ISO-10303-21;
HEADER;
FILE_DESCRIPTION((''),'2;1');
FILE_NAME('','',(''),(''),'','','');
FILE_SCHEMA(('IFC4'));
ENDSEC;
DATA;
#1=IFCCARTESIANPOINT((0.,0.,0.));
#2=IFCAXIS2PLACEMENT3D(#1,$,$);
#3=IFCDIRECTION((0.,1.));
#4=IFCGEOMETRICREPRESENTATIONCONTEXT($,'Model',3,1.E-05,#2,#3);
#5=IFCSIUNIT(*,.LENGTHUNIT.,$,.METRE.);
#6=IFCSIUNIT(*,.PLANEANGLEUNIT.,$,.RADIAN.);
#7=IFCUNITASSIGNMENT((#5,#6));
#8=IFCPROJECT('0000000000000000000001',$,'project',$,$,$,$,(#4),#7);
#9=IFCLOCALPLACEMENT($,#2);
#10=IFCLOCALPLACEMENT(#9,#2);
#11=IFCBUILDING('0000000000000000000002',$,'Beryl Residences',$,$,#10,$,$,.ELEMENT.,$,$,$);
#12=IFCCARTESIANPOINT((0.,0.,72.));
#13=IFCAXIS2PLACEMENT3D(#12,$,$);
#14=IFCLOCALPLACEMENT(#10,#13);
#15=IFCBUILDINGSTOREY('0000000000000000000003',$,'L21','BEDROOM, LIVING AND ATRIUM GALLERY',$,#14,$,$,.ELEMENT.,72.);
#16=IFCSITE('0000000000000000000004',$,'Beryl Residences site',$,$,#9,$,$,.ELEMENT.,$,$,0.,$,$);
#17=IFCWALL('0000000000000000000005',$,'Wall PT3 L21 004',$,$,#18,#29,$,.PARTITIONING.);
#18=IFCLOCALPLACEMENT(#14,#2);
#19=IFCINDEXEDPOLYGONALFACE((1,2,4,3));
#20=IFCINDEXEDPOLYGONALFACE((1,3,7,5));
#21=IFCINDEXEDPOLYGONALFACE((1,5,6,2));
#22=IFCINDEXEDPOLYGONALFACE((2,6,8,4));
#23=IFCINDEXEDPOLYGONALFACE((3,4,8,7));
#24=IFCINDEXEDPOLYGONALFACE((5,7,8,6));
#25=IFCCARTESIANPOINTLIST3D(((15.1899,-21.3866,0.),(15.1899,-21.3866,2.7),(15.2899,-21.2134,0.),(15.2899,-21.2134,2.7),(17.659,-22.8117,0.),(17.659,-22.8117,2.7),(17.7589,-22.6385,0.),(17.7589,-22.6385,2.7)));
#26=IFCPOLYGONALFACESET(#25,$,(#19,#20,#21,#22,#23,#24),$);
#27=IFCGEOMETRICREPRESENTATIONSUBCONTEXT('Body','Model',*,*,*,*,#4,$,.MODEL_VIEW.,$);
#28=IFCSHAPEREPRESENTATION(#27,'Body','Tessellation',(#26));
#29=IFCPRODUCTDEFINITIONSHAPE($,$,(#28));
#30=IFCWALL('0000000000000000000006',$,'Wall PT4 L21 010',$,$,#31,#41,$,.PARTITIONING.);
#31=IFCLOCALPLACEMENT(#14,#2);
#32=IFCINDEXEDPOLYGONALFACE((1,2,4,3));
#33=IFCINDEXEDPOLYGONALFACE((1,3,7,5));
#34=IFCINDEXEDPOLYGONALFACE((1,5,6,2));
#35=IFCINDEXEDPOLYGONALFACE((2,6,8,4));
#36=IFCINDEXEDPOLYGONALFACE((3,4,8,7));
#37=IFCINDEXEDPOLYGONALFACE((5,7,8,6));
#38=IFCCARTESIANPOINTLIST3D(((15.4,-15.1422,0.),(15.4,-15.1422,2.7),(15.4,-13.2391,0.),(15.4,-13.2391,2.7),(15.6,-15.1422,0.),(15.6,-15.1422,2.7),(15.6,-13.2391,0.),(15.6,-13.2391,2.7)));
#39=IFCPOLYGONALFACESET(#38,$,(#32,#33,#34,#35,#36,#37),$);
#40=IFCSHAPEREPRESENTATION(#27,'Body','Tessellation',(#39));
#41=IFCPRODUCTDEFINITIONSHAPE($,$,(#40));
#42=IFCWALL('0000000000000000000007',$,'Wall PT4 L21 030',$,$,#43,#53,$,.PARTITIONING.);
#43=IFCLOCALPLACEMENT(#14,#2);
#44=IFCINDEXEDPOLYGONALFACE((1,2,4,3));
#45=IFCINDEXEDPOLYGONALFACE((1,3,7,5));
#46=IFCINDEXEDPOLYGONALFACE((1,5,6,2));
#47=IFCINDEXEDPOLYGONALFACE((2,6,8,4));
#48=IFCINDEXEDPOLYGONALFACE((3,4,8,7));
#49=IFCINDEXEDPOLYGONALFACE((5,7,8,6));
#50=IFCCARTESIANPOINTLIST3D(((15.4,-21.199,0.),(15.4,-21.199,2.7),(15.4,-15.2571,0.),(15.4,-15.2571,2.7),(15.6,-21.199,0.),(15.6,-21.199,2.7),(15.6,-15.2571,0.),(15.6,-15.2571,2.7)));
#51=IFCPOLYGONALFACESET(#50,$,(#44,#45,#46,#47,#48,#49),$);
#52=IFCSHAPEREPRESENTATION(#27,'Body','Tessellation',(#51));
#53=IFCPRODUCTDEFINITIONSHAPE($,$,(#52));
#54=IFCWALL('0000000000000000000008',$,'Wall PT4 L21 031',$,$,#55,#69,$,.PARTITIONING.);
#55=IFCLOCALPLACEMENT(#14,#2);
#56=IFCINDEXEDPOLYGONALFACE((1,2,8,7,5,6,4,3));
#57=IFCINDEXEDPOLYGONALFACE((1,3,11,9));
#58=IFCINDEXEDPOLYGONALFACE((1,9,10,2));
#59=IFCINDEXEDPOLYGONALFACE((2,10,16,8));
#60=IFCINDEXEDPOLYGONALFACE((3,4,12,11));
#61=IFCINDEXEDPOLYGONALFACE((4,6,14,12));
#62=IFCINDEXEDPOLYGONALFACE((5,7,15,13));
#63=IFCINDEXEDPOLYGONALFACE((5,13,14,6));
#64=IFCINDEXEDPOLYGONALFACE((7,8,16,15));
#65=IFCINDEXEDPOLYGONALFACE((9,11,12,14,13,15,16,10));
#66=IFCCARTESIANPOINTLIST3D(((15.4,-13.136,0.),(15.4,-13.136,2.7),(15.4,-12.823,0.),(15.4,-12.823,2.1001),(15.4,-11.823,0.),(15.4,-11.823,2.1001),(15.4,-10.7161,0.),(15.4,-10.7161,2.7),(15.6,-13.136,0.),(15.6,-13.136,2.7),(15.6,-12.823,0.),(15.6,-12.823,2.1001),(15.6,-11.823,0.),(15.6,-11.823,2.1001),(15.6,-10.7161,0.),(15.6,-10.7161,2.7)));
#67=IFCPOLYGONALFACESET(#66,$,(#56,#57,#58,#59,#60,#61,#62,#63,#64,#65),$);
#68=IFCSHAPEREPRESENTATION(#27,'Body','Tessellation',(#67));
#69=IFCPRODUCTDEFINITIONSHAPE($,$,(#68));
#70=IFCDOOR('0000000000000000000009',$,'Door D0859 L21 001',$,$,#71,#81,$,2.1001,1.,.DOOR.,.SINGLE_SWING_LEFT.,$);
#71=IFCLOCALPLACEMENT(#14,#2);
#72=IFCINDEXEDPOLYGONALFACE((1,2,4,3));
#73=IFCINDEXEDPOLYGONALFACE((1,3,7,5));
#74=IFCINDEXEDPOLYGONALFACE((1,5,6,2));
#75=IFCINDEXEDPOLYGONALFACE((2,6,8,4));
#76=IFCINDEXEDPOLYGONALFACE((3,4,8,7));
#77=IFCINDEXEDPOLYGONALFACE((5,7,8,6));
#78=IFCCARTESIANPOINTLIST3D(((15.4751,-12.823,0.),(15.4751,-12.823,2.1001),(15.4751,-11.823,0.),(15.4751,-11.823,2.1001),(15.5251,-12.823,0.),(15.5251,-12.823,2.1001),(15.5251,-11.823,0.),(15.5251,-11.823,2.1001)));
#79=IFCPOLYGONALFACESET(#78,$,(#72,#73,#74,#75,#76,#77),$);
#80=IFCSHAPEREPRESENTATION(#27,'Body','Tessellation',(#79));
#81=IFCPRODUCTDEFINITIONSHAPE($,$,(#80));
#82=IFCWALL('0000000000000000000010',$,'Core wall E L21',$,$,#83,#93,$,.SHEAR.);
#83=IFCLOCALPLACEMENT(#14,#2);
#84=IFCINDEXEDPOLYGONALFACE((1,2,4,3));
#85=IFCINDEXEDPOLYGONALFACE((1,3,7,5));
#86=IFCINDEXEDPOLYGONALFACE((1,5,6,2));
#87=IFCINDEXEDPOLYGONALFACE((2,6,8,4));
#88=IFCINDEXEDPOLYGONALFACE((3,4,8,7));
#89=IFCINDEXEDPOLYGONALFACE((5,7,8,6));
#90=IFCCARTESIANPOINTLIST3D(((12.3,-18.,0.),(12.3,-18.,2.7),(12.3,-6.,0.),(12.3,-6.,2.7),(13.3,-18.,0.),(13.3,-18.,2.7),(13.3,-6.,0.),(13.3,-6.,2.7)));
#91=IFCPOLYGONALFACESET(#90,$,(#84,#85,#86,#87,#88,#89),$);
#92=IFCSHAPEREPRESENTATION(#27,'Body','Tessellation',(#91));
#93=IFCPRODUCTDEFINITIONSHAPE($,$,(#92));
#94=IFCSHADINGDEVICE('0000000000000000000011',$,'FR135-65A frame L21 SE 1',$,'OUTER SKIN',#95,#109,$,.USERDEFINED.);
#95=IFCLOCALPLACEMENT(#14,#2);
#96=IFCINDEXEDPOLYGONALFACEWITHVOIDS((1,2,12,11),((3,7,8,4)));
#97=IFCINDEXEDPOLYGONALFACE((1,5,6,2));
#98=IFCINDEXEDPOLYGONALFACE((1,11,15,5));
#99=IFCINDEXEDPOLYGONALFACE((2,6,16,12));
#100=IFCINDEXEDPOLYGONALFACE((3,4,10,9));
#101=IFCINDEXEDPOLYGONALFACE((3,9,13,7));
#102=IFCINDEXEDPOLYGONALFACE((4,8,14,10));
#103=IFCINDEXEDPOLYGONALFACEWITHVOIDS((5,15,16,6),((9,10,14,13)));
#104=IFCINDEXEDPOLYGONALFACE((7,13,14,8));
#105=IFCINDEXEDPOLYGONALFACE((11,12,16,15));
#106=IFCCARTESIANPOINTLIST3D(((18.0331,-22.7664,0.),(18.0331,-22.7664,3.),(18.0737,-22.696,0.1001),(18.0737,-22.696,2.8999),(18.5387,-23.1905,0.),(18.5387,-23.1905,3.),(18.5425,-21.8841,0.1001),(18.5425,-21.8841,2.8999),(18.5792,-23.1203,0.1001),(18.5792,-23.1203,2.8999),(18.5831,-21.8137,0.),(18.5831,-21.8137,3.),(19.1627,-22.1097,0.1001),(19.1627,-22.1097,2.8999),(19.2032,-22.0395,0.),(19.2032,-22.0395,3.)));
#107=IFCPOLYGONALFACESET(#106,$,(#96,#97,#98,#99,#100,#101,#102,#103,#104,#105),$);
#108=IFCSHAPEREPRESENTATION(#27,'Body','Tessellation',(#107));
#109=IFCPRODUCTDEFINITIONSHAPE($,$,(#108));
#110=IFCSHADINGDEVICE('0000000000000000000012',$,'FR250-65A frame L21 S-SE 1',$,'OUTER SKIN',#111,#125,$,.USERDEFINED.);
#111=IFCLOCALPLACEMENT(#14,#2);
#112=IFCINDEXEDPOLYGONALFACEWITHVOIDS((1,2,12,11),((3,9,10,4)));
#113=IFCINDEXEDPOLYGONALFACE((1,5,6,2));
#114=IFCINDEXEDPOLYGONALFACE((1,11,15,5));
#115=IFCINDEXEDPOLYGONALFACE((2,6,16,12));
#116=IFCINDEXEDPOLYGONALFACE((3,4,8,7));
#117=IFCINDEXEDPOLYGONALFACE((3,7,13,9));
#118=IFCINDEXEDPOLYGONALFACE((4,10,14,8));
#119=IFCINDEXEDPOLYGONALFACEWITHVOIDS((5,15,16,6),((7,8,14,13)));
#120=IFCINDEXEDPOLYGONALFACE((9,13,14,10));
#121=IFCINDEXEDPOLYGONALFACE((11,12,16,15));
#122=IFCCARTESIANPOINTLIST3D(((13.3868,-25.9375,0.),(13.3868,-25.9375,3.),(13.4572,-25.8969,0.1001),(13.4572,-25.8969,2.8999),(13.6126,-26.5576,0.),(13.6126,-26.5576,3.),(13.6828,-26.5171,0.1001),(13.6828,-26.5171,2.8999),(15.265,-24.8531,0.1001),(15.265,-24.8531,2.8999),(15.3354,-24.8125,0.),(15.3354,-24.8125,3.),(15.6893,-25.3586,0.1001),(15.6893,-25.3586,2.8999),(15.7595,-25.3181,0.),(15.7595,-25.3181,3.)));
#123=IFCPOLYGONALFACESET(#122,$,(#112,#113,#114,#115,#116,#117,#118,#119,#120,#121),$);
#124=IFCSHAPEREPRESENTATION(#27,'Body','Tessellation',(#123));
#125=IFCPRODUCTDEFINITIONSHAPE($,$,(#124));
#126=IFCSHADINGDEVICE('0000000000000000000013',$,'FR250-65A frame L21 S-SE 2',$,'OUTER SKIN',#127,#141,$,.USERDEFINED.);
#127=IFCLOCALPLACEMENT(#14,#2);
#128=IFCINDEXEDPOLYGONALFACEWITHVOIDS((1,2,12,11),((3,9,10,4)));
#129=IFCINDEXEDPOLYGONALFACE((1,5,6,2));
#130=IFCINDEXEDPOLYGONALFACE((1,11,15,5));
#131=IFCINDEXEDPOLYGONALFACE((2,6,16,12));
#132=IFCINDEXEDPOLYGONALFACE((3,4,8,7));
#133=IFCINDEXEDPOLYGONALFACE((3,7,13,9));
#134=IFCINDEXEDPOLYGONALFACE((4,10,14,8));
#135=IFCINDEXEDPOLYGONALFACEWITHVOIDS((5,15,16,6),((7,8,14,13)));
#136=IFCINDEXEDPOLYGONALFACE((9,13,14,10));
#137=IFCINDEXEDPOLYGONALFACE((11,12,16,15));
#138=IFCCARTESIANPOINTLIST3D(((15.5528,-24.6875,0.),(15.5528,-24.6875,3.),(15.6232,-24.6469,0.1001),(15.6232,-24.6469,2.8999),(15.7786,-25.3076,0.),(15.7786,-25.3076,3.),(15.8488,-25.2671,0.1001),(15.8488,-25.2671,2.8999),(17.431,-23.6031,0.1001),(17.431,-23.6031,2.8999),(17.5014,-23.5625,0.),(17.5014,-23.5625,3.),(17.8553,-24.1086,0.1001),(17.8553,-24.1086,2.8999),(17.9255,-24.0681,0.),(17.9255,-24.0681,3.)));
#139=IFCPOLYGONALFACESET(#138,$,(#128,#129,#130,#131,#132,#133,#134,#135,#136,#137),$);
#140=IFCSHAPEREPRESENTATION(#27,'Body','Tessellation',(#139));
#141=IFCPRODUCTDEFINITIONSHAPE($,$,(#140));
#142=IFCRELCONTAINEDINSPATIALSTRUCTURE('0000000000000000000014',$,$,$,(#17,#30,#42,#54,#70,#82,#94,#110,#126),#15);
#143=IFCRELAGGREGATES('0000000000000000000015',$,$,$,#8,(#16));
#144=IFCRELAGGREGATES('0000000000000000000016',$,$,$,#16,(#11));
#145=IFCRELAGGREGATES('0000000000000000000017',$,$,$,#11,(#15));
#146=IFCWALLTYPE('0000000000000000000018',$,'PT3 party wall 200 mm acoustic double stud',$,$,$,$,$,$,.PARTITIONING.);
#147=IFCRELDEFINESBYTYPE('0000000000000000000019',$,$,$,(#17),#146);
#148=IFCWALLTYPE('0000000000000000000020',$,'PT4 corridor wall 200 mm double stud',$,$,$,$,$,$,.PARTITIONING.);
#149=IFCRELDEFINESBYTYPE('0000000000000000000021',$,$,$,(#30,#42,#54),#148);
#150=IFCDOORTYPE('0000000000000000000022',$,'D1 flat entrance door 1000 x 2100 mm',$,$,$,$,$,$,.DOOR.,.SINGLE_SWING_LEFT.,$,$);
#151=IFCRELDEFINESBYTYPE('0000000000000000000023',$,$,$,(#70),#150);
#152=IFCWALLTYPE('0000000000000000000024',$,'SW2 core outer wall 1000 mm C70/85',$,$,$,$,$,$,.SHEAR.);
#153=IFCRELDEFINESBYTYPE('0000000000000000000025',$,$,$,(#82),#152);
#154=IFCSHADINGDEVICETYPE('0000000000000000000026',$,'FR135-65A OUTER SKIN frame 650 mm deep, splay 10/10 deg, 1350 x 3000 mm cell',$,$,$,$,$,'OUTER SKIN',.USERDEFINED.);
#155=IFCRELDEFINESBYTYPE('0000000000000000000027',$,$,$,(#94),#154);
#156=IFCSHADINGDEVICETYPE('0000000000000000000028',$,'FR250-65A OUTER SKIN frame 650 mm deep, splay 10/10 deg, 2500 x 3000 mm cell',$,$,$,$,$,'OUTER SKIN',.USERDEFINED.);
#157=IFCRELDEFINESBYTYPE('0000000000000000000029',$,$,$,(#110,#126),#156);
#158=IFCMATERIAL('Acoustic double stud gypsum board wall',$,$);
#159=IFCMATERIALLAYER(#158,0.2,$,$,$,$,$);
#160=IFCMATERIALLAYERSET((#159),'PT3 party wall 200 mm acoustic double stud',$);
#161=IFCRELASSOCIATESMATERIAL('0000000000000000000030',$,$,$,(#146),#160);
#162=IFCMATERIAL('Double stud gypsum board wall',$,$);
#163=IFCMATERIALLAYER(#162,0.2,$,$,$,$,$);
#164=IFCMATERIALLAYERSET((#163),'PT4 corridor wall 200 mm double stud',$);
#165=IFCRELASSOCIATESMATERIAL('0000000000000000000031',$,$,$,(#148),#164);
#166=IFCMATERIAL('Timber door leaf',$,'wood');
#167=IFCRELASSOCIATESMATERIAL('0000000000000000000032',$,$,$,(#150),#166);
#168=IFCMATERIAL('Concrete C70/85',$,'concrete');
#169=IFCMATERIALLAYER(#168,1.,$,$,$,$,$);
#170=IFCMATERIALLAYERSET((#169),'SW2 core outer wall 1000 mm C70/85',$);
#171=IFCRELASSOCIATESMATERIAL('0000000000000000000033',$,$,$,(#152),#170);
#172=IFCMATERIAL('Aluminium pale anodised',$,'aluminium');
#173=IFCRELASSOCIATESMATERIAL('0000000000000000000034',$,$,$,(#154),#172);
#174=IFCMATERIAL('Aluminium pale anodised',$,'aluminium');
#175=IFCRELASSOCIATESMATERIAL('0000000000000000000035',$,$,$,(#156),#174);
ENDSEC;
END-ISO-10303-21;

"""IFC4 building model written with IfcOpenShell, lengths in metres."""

from ifc_helpers import new_model, entity, si_unit, direction, frame, frame_2d, origin, place, context, subcontext, project, spatial, rectangle, extrude, source, transform, mapped, material, layer, layer_set, type_object, type_shapes, element, fill, save


model = new_model("IFC4")

# Units and contexts
model_context = context("Model", 3, precision=1e-05, world=origin(), true_north=direction((0.0, 1.0)))
body_context = subcontext(model_context, "Body", "Model", "MODEL_VIEW")
ifc_project = project(units=[si_unit("LENGTHUNIT", "METRE"), si_unit("PLANEANGLEUNIT", "RADIAN")], contexts=[model_context])

# Site, building, storey
site_placement = place(None, origin())
site = spatial("IfcSite", under=ifc_project, at=site_placement, Name="Beryl Residences site", CompositionType="ELEMENT", RefElevation=0.0)
building_placement = place(site_placement, origin())
building = spatial("IfcBuilding", under=site, at=building_placement, Name="Beryl Residences", CompositionType="ELEMENT")
storey_placement = place(building_placement, frame((0.0, 0.0, 72.0)))
storey = spatial("IfcBuildingStorey", under=building, at=storey_placement, Name="L21", Description="BEDROOM, LIVING AND ATRIUM GALLERY", CompositionType="ELEMENT", Elevation=72.0)

# Walls
ifc_material_1 = material(Name="Acoustic double stud gypsum board wall")
ifc_layer_1 = layer(ifc_material_1, 0.2)
ifc_layer_set_1 = layer_set([ifc_layer_1], Name="PT3 party wall 200 mm acoustic double stud")
wall_type_1 = type_object("IfcWallType", Name="PT3 party wall 200 mm acoustic double stud", PredefinedType="PARTITIONING", material=ifc_layer_set_1)
wall_1_placement = place(storey_placement, frame((15.24, -21.3, 0.0), z_axis=(0.0, 0.0, 1.0), x_axis=(0.86609, -0.499888, 0.0)))
element("IfcWall", 1, at=wall_1_placement, inside=storey, type_object=wall_type_1, Name="Wall PT3 L21 004", PredefinedType="PARTITIONING", context=body_context, shape_type="SweptSolid", body=[
    extrude(rectangle(XDim=2.8508, YDim=0.2, at=frame_2d((1.4253, 0.0))), origin(), (0.0, 0.0, 1.0), 2.7),
])
ifc_material_2 = material(Name="Double stud gypsum board wall")
ifc_layer_2 = layer(ifc_material_2, 0.2)
ifc_layer_set_2 = layer_set([ifc_layer_2], Name="PT4 corridor wall 200 mm double stud")
wall_type_2 = type_object("IfcWallType", Name="PT4 corridor wall 200 mm double stud", PredefinedType="PARTITIONING", material=ifc_layer_set_2)
wall_2_placement = place(storey_placement, frame((15.5, -13.239, 0.0), z_axis=(0.0, 0.0, 1.0), x_axis=(0.0, -1.0, 0.0)))
element("IfcWall", 2, at=wall_2_placement, inside=storey, type_object=wall_type_2, Name="Wall PT4 L21 010", PredefinedType="PARTITIONING", context=body_context, shape_type="SweptSolid", body=[
    extrude(rectangle(XDim=1.9031, YDim=0.2, at=frame_2d((0.9517, 0.0))), origin(), (0.0, 0.0, 1.0), 2.7),
])
wall_3_placement = place(storey_placement, frame((15.5, -21.199, 0.0), z_axis=(0.0, 0.0, 1.0), x_axis=(0.0, 1.0, 0.0)))
element("IfcWall", 3, at=wall_3_placement, inside=storey, type_object=wall_type_2, Name="Wall PT4 L21 030", PredefinedType="PARTITIONING", context=body_context, shape_type="SweptSolid", body=[
    extrude(rectangle(XDim=5.9419, YDim=0.2, at=frame_2d((2.9709, 0.0))), origin(), (0.0, 0.0, 1.0), 2.7),
])

# Wall, opening, door
wall_4_placement = place(storey_placement, frame((15.5, -13.136, 0.0), z_axis=(0.0, 0.0, 1.0), x_axis=(0.0, 1.0, 0.0)))
wall_4 = element("IfcWall", 4, at=wall_4_placement, inside=storey, type_object=wall_type_2, Name="Wall PT4 L21 031", PredefinedType="PARTITIONING", context=body_context, shape_type="SweptSolid", body=[
    extrude(rectangle(XDim=2.4199, YDim=0.2, at=frame_2d((1.21, 0.0))), origin(), (0.0, 0.0, 1.0), 2.7),
])
opening_1_placement = place(wall_4_placement, frame((0.313, 0.0, 0.0)))
opening_1 = element("IfcOpeningElement", 5, at=opening_1_placement, cuts=wall_4, PredefinedType="OPENING", context=body_context, shape_type="SweptSolid", body=[
    extrude(rectangle(XDim=1.0, YDim=2.1001, at=frame_2d((0.5, 1.05))), frame((0.0, 0.1099, 0.0), z_axis=(0.0, -1.0, 0.0), x_axis=(1.0, 0.0, 0.0)), (0.0, 0.0, 1.0), 0.22),
])
ifc_material_3 = material(Name="Timber door leaf", Category="wood")
door_type_1 = type_object("IfcDoorType", Name="D1 flat entrance door 1000 x 2100 mm", OperationType="SINGLE_SWING_LEFT", PredefinedType="DOOR", material=ifc_material_3)
door_1_placement = place(opening_1_placement, origin())
door_1 = element("IfcDoor", 6, at=door_1_placement, inside=storey, type_object=door_type_1, Name="Door D0859 L21 001", OperationType="SINGLE_SWING_LEFT", OverallHeight=2.1001, OverallWidth=1.0, PredefinedType="DOOR", context=body_context, shape_type="SweptSolid", body=[
    extrude(rectangle(XDim=1.0, YDim=2.1001, at=frame_2d((0.5, 1.05))), frame((0.0, 0.0249, 0.0), z_axis=(0.0, -1.0, 0.0), x_axis=(1.0, 0.0, 0.0)), (0.0, 0.0, 1.0), 0.05),
])
fill(opening_1, door_1)

# Wall
ifc_material_4 = material(Name="Concrete C70/85", Category="concrete")
ifc_layer_3 = layer(ifc_material_4, 1.0)
ifc_layer_set_3 = layer_set([ifc_layer_3], Name="SW2 core outer wall 1000 mm C70/85")
wall_type_3 = type_object("IfcWallType", Name="SW2 core outer wall 1000 mm C70/85", PredefinedType="SHEAR", material=ifc_layer_set_3)
wall_5_placement = place(storey_placement, frame((12.8, -18.0, 0.0), z_axis=(0.0, 0.0, 1.0), x_axis=(0.0, 1.0, 0.0)))
element("IfcWall", 7, at=wall_5_placement, inside=storey, type_object=wall_type_3, Name="Core wall E L21", PredefinedType="SHEAR", context=body_context, shape_type="SweptSolid", body=[
    extrude(rectangle(XDim=12.0, YDim=1.0, at=frame_2d((6.0, 0.0))), origin(), (0.0, 0.0, 1.0), 2.7),
])

# Shading devices
ifc_material_5 = material(Name="Aluminium pale anodised", Category="aluminium")
shading_device_type_1 = type_object("IfcShadingDeviceType", Name="FR135-65A OUTER SKIN frame 650 mm deep, splay 10/10 deg, 1350 x 3000 mm cell", ElementType="OUTER SKIN", PredefinedType="USERDEFINED", material=ifc_material_5)
cartesian_point_1 = entity("IfcCartesianPoint", [-0.55, 0.0])
cartesian_point_2 = entity("IfcCartesianPoint", [-0.4688, 0.1001])
cartesian_point_3 = entity("IfcCartesianPoint", [-0.6646, 0.0])
cartesian_point_4 = entity("IfcCartesianPoint", [-0.5835, 0.1001])
shared_shape_1 = source(origin(), body_context, "Body", "SweptSolid", [
    entity("IfcExtrudedAreaSolidTapered", entity("IfcArbitraryProfileDefWithVoids", "AREA", None, entity("IfcPolyline", [cartesian_point_1, entity("IfcCartesianPoint", [0.55, 0.0]), entity("IfcCartesianPoint", [0.55, 3.0]), entity("IfcCartesianPoint", [-0.55, 3.0]), cartesian_point_1]), [entity("IfcPolyline", [cartesian_point_2, entity("IfcCartesianPoint", [0.4688, 0.1001]), entity("IfcCartesianPoint", [0.4688, 2.8999]), entity("IfcCartesianPoint", [-0.4688, 2.8999]), cartesian_point_2])]), entity("IfcAxis2Placement3D", entity("IfcCartesianPoint", [0.0, 0.0, 0.0]), entity("IfcDirection", [0.0, 1.0, 0.0]), entity("IfcDirection", [-1.0, 0.0, 0.0])), entity("IfcDirection", [0.0, 0.0, 1.0]), 0.6499, entity("IfcArbitraryProfileDefWithVoids", "AREA", None, entity("IfcPolyline", [cartesian_point_3, entity("IfcCartesianPoint", [0.6646, 0.0]), entity("IfcCartesianPoint", [0.6646, 3.0]), entity("IfcCartesianPoint", [-0.6646, 3.0]), cartesian_point_3]), [entity("IfcPolyline", [cartesian_point_4, entity("IfcCartesianPoint", [0.5835, 0.1001]), entity("IfcCartesianPoint", [0.5835, 2.8999]), entity("IfcCartesianPoint", [-0.5835, 2.8999]), cartesian_point_4])])),
])
type_shapes(shading_device_type_1, [shared_shape_1])
shading_device_placement = place(storey_placement, frame((18.3081, -22.29, 0.0), z_axis=(0.0, 0.0, 1.0), x_axis=(-0.5, -0.866025, 0.0)))
element("IfcShadingDevice", 8, at=shading_device_placement, inside=storey, type_object=shading_device_type_1, Name="FR135-65A frame L21 SE 1", ObjectType="OUTER SKIN", PredefinedType="USERDEFINED", context=body_context, shape_type="MappedRepresentation", body=[
    mapped(shared_shape_1, transform((0.0, 0.0, 0.0))),
])
ifc_material_6 = material(Name="Aluminium pale anodised", Category="aluminium")
shading_device_type_2 = type_object("IfcShadingDeviceType", Name="FR250-65A OUTER SKIN frame 650 mm deep, splay 10/10 deg, 2500 x 3000 mm cell", ElementType="OUTER SKIN", PredefinedType="USERDEFINED", material=ifc_material_6)
cartesian_point_5 = entity("IfcCartesianPoint", [-1.125, 0.0])
cartesian_point_6 = entity("IfcCartesianPoint", [-1.0437, 0.1001])
cartesian_point_7 = entity("IfcCartesianPoint", [-1.2395, 0.0])
cartesian_point_8 = entity("IfcCartesianPoint", [-1.1584, 0.1001])
shared_shape_2 = source(origin(), body_context, "Body", "SweptSolid", [
    entity("IfcExtrudedAreaSolidTapered", entity("IfcArbitraryProfileDefWithVoids", "AREA", None, entity("IfcPolyline", [cartesian_point_5, entity("IfcCartesianPoint", [1.125, 0.0]), entity("IfcCartesianPoint", [1.125, 3.0]), entity("IfcCartesianPoint", [-1.125, 3.0]), cartesian_point_5]), [entity("IfcPolyline", [cartesian_point_6, entity("IfcCartesianPoint", [1.0437, 0.1001]), entity("IfcCartesianPoint", [1.0437, 2.8999]), entity("IfcCartesianPoint", [-1.0437, 2.8999]), cartesian_point_6])]), entity("IfcAxis2Placement3D", entity("IfcCartesianPoint", [0.0, 0.0, 0.0]), entity("IfcDirection", [0.0, 1.0, 0.0]), entity("IfcDirection", [-1.0, 0.0, 0.0])), entity("IfcDirection", [0.0, 0.0, 1.0]), 0.6499, entity("IfcArbitraryProfileDefWithVoids", "AREA", None, entity("IfcPolyline", [cartesian_point_7, entity("IfcCartesianPoint", [1.2395, 0.0]), entity("IfcCartesianPoint", [1.2395, 3.0]), entity("IfcCartesianPoint", [-1.2395, 3.0]), cartesian_point_7]), [entity("IfcPolyline", [cartesian_point_8, entity("IfcCartesianPoint", [1.1584, 0.1001]), entity("IfcCartesianPoint", [1.1584, 2.8999]), entity("IfcCartesianPoint", [-1.1584, 2.8999]), cartesian_point_8])])),
])
type_shapes(shading_device_type_2, [shared_shape_2])
for number, where, z_axis, x_axis, name in (
    (9, (14.3611, -25.375, 0.0), (0.0, 0.0, 1.0), (-0.866025, -0.5, 0.0), "FR250-65A frame L21 S-SE 1"),
    (10, (16.5271, -24.125, 0.0), (0.0, 0.0, 1.0), (-0.866025, -0.5, 0.0), "FR250-65A frame L21 S-SE 2"),
):
    element("IfcShadingDevice", number, at=place(storey_placement, frame(where, z_axis=z_axis, x_axis=x_axis)), inside=storey, type_object=shading_device_type_2, Name=name, ObjectType="OUTER SKIN", PredefinedType="USERDEFINED", context=body_context, shape_type="MappedRepresentation", body=[
        mapped(shared_shape_2, transform((0.0, 0.0, 0.0))),
    ])

save(model, "model.ifc")
